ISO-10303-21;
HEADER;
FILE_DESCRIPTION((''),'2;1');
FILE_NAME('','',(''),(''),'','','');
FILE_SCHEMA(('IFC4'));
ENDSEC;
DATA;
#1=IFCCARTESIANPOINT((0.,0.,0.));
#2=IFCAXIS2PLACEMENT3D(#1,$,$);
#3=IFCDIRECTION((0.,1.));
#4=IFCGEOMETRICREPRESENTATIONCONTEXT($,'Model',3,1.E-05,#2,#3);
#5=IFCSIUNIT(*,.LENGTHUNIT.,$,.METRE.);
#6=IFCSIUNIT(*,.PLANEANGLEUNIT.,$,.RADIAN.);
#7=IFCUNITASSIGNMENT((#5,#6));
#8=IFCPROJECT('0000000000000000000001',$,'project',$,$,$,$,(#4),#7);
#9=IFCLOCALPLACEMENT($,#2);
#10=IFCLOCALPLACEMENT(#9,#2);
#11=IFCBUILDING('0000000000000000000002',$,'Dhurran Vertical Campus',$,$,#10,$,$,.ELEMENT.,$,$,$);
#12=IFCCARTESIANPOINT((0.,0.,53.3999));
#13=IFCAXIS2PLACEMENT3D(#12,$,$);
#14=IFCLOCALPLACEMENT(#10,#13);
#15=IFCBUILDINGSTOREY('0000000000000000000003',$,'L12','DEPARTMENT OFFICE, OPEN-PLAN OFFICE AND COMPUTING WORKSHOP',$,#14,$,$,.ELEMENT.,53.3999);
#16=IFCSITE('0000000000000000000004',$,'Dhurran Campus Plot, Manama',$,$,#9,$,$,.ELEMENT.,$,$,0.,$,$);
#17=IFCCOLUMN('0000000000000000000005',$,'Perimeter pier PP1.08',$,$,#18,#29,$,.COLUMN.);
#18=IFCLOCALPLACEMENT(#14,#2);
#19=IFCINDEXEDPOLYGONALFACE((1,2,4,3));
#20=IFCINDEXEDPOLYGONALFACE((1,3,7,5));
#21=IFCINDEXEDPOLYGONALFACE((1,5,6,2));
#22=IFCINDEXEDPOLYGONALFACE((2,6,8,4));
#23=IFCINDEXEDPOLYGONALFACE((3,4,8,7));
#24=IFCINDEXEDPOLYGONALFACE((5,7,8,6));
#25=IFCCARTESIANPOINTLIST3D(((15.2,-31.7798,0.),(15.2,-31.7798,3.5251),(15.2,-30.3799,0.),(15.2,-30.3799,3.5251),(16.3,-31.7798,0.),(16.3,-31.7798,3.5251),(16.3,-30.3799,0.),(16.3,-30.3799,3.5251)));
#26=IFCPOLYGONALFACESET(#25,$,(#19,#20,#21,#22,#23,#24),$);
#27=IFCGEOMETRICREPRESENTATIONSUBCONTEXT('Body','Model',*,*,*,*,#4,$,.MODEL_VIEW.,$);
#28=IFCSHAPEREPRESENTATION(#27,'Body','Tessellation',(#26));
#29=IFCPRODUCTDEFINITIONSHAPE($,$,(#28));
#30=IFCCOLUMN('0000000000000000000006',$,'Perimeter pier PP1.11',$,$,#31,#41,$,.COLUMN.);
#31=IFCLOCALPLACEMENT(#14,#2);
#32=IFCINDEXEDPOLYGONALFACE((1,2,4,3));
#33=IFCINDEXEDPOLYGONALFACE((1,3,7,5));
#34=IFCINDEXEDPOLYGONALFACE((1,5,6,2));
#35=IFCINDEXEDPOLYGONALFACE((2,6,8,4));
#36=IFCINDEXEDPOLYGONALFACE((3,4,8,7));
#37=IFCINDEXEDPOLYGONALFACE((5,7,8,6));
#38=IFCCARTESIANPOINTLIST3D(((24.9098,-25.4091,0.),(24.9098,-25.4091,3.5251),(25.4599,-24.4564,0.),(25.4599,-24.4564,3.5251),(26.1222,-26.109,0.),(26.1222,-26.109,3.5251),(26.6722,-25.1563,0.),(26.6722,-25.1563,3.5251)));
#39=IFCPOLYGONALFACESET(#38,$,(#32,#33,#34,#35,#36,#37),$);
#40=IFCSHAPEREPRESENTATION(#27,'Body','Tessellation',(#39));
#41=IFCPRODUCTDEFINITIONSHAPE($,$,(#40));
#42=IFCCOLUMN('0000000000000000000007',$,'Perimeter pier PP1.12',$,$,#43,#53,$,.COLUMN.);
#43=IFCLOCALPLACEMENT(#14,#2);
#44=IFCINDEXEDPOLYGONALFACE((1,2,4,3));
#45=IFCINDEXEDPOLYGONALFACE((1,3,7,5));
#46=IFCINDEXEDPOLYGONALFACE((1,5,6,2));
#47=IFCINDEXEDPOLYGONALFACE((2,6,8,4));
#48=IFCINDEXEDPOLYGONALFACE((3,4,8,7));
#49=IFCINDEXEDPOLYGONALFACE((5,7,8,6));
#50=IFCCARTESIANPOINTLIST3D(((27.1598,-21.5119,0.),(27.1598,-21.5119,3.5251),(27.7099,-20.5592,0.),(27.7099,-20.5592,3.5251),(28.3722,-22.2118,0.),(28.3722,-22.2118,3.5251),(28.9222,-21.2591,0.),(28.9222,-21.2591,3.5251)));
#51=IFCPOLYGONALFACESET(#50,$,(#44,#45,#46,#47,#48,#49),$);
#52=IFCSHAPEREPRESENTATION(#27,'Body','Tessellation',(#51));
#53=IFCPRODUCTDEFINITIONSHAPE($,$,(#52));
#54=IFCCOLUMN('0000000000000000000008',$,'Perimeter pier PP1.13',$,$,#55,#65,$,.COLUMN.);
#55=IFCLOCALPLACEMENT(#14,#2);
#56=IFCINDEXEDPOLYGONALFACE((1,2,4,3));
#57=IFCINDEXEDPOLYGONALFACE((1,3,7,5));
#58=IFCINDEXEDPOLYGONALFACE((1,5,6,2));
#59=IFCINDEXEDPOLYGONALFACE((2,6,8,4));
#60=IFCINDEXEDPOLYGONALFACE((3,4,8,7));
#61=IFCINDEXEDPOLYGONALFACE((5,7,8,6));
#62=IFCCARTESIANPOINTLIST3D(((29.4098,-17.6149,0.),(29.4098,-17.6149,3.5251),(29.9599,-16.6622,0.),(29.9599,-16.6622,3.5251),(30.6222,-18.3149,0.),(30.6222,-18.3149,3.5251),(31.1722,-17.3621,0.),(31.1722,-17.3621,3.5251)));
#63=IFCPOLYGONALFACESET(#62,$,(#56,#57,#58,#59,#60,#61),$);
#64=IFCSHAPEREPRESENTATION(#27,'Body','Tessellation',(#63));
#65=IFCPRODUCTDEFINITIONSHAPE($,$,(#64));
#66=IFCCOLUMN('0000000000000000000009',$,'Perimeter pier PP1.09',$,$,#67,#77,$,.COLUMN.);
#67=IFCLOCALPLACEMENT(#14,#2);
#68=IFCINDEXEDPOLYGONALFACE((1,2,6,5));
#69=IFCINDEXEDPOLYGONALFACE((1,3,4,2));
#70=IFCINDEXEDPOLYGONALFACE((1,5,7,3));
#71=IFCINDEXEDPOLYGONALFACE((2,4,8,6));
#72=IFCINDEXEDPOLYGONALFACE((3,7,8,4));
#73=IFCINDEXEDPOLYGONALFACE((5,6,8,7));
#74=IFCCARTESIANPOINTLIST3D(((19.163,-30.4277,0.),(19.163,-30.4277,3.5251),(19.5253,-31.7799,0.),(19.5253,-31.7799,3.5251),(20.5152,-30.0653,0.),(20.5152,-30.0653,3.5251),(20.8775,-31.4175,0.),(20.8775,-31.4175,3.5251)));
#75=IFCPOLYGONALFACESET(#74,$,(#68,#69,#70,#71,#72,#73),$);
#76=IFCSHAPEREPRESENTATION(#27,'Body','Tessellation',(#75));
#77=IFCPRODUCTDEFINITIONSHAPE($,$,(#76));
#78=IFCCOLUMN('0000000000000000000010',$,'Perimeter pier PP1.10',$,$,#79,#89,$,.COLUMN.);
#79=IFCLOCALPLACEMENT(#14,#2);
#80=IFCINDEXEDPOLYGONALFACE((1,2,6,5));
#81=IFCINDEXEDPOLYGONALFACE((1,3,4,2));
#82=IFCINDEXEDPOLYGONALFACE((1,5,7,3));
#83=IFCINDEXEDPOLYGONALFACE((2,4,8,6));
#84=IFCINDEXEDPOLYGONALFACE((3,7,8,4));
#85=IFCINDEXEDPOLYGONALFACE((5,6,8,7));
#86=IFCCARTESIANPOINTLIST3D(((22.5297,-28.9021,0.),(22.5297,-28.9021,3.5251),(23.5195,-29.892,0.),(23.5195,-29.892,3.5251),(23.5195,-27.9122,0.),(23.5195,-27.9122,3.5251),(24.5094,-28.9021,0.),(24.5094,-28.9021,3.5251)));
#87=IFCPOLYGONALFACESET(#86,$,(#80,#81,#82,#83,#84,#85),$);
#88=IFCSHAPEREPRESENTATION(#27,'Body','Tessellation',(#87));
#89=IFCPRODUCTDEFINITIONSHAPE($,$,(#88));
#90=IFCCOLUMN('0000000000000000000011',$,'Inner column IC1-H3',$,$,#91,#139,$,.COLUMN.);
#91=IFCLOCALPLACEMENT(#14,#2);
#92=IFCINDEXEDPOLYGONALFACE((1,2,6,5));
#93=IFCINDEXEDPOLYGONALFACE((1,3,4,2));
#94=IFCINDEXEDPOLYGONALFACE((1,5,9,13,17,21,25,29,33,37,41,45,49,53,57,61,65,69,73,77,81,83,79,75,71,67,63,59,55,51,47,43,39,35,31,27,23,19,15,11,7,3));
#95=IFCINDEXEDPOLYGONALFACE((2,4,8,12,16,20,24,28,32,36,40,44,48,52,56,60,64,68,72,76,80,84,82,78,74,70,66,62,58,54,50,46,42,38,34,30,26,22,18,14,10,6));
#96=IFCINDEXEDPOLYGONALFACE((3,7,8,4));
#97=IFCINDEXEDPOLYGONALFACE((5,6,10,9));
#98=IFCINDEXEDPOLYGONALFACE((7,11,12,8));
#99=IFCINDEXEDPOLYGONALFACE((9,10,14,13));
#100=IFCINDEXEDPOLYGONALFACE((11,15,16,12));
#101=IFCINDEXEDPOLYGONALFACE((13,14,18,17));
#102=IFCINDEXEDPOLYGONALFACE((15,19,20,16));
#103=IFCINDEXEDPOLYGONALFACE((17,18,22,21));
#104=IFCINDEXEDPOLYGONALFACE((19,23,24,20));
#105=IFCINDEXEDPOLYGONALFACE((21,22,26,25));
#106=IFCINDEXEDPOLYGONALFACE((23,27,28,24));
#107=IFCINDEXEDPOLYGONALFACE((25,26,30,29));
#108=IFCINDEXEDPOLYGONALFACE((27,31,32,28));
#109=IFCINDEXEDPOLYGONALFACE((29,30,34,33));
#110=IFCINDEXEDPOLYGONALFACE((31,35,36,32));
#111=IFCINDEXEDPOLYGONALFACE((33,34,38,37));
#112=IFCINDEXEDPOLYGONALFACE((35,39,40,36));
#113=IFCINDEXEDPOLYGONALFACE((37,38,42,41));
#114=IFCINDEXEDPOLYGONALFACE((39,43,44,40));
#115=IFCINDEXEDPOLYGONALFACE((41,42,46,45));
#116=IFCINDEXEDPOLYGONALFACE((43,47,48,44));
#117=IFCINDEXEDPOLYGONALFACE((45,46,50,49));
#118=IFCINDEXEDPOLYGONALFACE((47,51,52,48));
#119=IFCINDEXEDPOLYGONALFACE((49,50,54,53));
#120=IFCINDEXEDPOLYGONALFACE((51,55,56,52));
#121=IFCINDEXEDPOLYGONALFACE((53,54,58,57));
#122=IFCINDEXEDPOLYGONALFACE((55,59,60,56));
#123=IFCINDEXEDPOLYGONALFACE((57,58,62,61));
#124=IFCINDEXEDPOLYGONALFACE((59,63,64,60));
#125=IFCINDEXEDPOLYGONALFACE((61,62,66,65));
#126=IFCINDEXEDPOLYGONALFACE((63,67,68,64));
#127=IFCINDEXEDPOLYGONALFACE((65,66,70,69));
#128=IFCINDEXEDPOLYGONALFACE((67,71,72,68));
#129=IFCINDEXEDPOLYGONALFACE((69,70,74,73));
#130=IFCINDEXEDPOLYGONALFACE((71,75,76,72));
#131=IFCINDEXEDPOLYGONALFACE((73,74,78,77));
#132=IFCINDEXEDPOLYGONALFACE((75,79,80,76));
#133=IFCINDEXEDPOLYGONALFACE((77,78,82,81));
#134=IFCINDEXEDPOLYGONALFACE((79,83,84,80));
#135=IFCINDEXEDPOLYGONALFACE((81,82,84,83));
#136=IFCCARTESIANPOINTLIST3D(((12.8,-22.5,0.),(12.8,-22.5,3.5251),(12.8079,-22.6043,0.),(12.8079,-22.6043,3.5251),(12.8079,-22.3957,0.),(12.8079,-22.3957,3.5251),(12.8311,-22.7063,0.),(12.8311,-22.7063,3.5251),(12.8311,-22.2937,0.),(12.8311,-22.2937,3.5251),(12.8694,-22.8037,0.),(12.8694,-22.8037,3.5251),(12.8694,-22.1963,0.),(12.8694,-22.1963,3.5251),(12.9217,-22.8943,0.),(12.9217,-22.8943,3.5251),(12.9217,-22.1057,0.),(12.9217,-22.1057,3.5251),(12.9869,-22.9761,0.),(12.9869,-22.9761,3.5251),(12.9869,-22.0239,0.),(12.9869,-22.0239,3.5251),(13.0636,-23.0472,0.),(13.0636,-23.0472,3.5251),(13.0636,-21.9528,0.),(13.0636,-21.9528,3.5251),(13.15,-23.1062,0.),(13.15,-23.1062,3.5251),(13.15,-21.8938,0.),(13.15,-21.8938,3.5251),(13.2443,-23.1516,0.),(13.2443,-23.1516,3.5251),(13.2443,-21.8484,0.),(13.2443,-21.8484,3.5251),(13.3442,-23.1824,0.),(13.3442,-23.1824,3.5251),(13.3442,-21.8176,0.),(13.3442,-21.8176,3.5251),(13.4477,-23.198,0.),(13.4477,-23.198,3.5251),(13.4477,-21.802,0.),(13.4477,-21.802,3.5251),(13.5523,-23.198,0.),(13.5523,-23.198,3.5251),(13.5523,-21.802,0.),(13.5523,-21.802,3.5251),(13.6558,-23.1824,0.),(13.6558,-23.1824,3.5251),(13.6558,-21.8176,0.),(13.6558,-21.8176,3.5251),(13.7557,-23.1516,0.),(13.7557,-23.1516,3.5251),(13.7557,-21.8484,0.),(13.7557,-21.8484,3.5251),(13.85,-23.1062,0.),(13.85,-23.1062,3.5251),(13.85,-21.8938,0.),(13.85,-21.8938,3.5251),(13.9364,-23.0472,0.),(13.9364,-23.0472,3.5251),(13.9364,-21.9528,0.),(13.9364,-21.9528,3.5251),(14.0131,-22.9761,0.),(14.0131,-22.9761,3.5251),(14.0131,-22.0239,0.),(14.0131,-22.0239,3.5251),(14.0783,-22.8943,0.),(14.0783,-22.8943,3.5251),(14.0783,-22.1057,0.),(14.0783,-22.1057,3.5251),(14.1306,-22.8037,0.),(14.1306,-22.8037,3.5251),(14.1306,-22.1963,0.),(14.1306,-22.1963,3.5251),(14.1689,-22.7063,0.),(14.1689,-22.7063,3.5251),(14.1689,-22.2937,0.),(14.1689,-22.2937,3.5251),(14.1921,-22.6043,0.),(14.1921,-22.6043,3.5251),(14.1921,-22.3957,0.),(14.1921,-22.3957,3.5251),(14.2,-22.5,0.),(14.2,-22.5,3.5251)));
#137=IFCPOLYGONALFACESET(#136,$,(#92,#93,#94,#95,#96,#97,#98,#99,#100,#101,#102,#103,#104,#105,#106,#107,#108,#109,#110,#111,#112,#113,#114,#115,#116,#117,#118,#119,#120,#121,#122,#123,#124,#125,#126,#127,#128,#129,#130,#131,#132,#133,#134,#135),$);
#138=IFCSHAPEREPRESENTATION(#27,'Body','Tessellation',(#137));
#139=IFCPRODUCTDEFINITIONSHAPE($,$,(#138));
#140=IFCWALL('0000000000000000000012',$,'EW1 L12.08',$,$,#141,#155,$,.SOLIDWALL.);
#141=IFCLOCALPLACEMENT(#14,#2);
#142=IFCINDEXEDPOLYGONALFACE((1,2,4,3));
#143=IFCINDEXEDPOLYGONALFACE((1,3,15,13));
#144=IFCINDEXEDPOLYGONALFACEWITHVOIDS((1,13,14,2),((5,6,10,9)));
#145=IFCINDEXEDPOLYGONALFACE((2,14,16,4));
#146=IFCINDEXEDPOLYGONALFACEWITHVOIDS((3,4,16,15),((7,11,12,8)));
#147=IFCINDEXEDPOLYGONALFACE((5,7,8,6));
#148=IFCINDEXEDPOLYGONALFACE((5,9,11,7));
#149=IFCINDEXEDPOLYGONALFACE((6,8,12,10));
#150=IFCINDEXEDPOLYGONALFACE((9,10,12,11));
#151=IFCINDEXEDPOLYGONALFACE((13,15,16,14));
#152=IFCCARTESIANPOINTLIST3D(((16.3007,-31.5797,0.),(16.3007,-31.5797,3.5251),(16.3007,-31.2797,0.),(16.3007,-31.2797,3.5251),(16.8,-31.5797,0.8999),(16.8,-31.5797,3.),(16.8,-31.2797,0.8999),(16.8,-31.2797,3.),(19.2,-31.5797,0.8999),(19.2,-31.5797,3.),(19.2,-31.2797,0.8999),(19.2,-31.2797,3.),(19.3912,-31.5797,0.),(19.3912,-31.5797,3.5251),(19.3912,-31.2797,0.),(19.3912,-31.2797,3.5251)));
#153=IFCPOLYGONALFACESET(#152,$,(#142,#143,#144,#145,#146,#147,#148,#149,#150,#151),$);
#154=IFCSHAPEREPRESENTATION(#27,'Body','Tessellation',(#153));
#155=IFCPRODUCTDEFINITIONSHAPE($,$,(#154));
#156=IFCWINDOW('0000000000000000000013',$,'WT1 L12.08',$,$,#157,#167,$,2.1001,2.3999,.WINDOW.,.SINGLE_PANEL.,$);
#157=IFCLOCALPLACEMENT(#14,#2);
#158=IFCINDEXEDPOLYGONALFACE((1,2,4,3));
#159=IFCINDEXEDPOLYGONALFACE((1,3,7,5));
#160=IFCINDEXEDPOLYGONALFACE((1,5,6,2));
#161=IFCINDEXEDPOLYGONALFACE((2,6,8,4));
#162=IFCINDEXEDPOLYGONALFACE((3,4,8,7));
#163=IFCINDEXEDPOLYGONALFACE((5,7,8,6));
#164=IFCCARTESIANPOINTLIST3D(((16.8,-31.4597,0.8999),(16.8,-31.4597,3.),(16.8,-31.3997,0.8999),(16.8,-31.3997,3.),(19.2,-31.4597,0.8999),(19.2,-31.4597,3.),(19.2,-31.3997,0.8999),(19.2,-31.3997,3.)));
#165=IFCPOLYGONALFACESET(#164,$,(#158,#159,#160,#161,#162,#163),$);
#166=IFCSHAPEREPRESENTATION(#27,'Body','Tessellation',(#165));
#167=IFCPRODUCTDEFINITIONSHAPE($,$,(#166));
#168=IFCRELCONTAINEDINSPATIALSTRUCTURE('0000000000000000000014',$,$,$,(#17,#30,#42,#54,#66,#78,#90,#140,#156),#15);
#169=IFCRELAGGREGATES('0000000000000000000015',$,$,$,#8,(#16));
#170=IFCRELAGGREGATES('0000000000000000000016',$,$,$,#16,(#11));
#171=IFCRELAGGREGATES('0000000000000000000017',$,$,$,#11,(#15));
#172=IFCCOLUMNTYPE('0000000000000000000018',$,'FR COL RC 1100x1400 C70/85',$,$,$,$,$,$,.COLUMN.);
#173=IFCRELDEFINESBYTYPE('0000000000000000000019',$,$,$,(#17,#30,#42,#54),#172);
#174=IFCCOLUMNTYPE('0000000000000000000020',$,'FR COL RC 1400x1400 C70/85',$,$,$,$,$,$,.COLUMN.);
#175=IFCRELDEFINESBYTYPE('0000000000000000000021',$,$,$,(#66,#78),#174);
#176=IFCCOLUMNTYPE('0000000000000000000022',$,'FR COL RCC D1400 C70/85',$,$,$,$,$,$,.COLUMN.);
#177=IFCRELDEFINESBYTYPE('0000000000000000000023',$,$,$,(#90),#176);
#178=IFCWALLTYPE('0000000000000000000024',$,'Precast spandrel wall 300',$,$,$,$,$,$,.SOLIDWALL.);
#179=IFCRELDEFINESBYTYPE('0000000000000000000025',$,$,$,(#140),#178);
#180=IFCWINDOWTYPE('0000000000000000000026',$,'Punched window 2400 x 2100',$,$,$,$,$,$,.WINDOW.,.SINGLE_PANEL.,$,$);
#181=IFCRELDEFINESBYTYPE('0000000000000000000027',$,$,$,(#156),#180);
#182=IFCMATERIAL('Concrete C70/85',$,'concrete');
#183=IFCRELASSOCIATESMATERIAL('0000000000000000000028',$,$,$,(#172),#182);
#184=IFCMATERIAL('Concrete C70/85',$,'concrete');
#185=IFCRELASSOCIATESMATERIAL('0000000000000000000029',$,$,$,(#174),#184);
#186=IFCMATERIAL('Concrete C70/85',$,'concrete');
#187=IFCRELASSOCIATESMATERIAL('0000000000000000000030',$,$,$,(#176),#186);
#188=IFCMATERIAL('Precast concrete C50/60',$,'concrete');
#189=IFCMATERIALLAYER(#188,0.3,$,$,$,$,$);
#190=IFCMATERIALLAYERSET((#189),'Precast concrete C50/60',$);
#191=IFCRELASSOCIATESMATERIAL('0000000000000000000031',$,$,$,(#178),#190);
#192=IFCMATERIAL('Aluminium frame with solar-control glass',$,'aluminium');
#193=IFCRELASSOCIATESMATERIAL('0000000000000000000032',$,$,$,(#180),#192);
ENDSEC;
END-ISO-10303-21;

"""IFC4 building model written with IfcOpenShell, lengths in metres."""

from ifc_helpers import new_model, si_unit, direction, frame, frame_2d, origin, origin_2d, place, context, subcontext, project, spatial, rectangle, circle, extrude, material, layer, layer_set, material_profile, profile_set, type_object, element, fill, save


model = new_model("IFC4")

# Units and contexts
model_context = context("Model", 3, precision=1e-05, world=origin(), true_north=direction((0.0, 1.0)))
body_context = subcontext(model_context, "Body", "Model", "MODEL_VIEW")
ifc_project = project(units=[si_unit("LENGTHUNIT", "METRE"), si_unit("PLANEANGLEUNIT", "RADIAN")], contexts=[model_context])

# Site, building, storey
site_placement = place(None, origin())
site = spatial("IfcSite", under=ifc_project, at=site_placement, Name="Dhurran Campus Plot, Manama", CompositionType="ELEMENT", RefElevation=0.0)
building_placement = place(site_placement, origin())
building = spatial("IfcBuilding", under=site, at=building_placement, Name="Dhurran Vertical Campus", CompositionType="ELEMENT")
storey_placement = place(building_placement, frame((0.0, 0.0, 53.3999)))
storey = spatial("IfcBuildingStorey", under=building, at=storey_placement, Name="L12", Description="DEPARTMENT OFFICE, OPEN-PLAN OFFICE AND COMPUTING WORKSHOP", CompositionType="ELEMENT", Elevation=53.3999)

# Columns
ifc_material_1 = material(Name="Concrete C70/85", Category="concrete")
ifc_material_profile_1 = material_profile(ifc_material_1, rectangle(XDim=1.1001, YDim=1.3999, at=origin_2d()), Name="RC 1100x1400")
ifc_profile_set_1 = profile_set([ifc_material_profile_1], Name="Concrete C70/85")
column_type_1 = type_object("IfcColumnType", Name="FR COL RC 1100x1400 C70/85", PredefinedType="COLUMN", material=ifc_profile_set_1)
for number, where, z_axis, x_axis, name in (
    (1, (15.75, -31.0798, 0.0), (0.0, 0.0, 1.0), (1.0, 0.0, 0.0), "Perimeter pier PP1.08"),
    (2, (25.791, -25.2827, 0.0), (0.0, 0.0, 1.0), (0.5, 0.866025, 0.0), "Perimeter pier PP1.11"),
    (3, (28.041, -21.3855, 0.0), (0.0, 0.0, 1.0), (0.5, 0.866025, 0.0), "Perimeter pier PP1.12"),
    (4, (30.291, -17.4885, 0.0), (0.0, 0.0, 1.0), (0.5, 0.866025, 0.0), "Perimeter pier PP1.13"),
):
    element("IfcColumn", number, at=place(storey_placement, frame(where, z_axis=z_axis, x_axis=x_axis)), inside=storey, type_object=column_type_1, Name=name, PredefinedType="COLUMN", context=body_context, shape_type="SweptSolid", body=[
        extrude(rectangle(XDim=1.1001, YDim=1.3999, at=origin_2d()), origin(), (0.0, 0.0, 1.0), 3.5251),
    ])
ifc_material_2 = material(Name="Concrete C70/85", Category="concrete")
ifc_material_profile_2 = material_profile(ifc_material_2, rectangle(XDim=1.3999, YDim=1.3999, at=origin_2d()), Name="RC 1400x1400")
ifc_profile_set_2 = profile_set([ifc_material_profile_2], Name="Concrete C70/85")
column_type_2 = type_object("IfcColumnType", Name="FR COL RC 1400x1400 C70/85", PredefinedType="COLUMN", material=ifc_profile_set_2)
for number, where, z_axis, x_axis, name in (
    (5, (20.0203, -30.9226, 0.0), (0.0, 0.0, 1.0), (0.965926, 0.258819, 0.0), "Perimeter pier PP1.09"),
    (6, (23.5195, -28.9021, 0.0), (0.0, 0.0, 1.0), (0.707107, 0.707107, 0.0), "Perimeter pier PP1.10"),
):
    element("IfcColumn", number, at=place(storey_placement, frame(where, z_axis=z_axis, x_axis=x_axis)), inside=storey, type_object=column_type_2, Name=name, PredefinedType="COLUMN", context=body_context, shape_type="SweptSolid", body=[
        extrude(rectangle(XDim=1.3999, YDim=1.3999, at=origin_2d()), origin(), (0.0, 0.0, 1.0), 3.5251),
    ])
ifc_material_3 = material(Name="Concrete C70/85", Category="concrete")
ifc_material_profile_3 = material_profile(ifc_material_3, circle(Radius=0.7, at=origin_2d()), Name="RCC D1400")
ifc_profile_set_3 = profile_set([ifc_material_profile_3], Name="Concrete C70/85")
column_type_3 = type_object("IfcColumnType", Name="FR COL RCC D1400 C70/85", PredefinedType="COLUMN", material=ifc_profile_set_3)
column_placement = place(storey_placement, frame((13.5, -22.5, 0.0), z_axis=(0.0, 0.0, 1.0), x_axis=(1.0, 0.0, 0.0)))
element("IfcColumn", 7, at=column_placement, inside=storey, type_object=column_type_3, Name="Inner column IC1-H3", PredefinedType="COLUMN", context=body_context, shape_type="SweptSolid", body=[
    extrude(circle(Radius=0.7, at=origin_2d()), origin(), (0.0, 0.0, 1.0), 3.5251),
])

# Wall, opening, window
ifc_material_4 = material(Name="Precast concrete C50/60", Category="concrete")
ifc_layer_1 = layer(ifc_material_4, 0.3)
ifc_layer_set_1 = layer_set([ifc_layer_1], Name="Precast concrete C50/60")
wall_type_1 = type_object("IfcWallType", Name="Precast spandrel wall 300", PredefinedType="SOLIDWALL", material=ifc_layer_set_1)
wall_1_placement = place(storey_placement, frame((16.3005, -31.4297, 0.0), z_axis=(0.0, 0.0, 1.0), x_axis=(1.0, 0.0, 0.0)))
wall_1 = element("IfcWall", 8, at=wall_1_placement, inside=storey, type_object=wall_type_1, Name="EW1 L12.08", PredefinedType="SOLIDWALL", context=body_context, shape_type="SweptSolid", body=[
    extrude(rectangle(XDim=3.0906, YDim=0.3, at=frame_2d((1.5454, 0.0))), origin(), (0.0, 0.0, 1.0), 3.5251),
])
opening_1_placement = place(wall_1_placement, frame((0.4995, 0.0, 0.8999)))
opening_1 = element("IfcOpeningElement", 9, at=opening_1_placement, cuts=wall_1, PredefinedType="OPENING", context=body_context, shape_type="SweptSolid", body=[
    extrude(rectangle(XDim=2.3999, YDim=2.1001, at=frame_2d((1.2, 1.05))), frame((0.0, 0.1599, 0.0), z_axis=(0.0, -1.0, 0.0), x_axis=(1.0, 0.0, 0.0)), (0.0, 0.0, 1.0), 0.3201),
])
ifc_material_5 = material(Name="Aluminium frame with solar-control glass", Category="aluminium")
window_type = type_object("IfcWindowType", Name="Punched window 2400 x 2100", PartitioningType="SINGLE_PANEL", PredefinedType="WINDOW", material=ifc_material_5)
window_1_placement = place(opening_1_placement, origin())
window_1 = element("IfcWindow", 10, at=window_1_placement, inside=storey, type_object=window_type, Name="WT1 L12.08", OverallHeight=2.1001, OverallWidth=2.3999, PartitioningType="SINGLE_PANEL", PredefinedType="WINDOW", context=body_context, shape_type="SweptSolid", body=[
    extrude(rectangle(XDim=2.3999, YDim=2.1001, at=frame_2d((1.2, 1.05))), frame((0.0, 0.03, 0.0), z_axis=(0.0, -1.0, 0.0), x_axis=(1.0, 0.0, 0.0)), (0.0, 0.0, 1.0), 0.0601),
])
fill(opening_1, window_1)

save(model, "model.ifc")
